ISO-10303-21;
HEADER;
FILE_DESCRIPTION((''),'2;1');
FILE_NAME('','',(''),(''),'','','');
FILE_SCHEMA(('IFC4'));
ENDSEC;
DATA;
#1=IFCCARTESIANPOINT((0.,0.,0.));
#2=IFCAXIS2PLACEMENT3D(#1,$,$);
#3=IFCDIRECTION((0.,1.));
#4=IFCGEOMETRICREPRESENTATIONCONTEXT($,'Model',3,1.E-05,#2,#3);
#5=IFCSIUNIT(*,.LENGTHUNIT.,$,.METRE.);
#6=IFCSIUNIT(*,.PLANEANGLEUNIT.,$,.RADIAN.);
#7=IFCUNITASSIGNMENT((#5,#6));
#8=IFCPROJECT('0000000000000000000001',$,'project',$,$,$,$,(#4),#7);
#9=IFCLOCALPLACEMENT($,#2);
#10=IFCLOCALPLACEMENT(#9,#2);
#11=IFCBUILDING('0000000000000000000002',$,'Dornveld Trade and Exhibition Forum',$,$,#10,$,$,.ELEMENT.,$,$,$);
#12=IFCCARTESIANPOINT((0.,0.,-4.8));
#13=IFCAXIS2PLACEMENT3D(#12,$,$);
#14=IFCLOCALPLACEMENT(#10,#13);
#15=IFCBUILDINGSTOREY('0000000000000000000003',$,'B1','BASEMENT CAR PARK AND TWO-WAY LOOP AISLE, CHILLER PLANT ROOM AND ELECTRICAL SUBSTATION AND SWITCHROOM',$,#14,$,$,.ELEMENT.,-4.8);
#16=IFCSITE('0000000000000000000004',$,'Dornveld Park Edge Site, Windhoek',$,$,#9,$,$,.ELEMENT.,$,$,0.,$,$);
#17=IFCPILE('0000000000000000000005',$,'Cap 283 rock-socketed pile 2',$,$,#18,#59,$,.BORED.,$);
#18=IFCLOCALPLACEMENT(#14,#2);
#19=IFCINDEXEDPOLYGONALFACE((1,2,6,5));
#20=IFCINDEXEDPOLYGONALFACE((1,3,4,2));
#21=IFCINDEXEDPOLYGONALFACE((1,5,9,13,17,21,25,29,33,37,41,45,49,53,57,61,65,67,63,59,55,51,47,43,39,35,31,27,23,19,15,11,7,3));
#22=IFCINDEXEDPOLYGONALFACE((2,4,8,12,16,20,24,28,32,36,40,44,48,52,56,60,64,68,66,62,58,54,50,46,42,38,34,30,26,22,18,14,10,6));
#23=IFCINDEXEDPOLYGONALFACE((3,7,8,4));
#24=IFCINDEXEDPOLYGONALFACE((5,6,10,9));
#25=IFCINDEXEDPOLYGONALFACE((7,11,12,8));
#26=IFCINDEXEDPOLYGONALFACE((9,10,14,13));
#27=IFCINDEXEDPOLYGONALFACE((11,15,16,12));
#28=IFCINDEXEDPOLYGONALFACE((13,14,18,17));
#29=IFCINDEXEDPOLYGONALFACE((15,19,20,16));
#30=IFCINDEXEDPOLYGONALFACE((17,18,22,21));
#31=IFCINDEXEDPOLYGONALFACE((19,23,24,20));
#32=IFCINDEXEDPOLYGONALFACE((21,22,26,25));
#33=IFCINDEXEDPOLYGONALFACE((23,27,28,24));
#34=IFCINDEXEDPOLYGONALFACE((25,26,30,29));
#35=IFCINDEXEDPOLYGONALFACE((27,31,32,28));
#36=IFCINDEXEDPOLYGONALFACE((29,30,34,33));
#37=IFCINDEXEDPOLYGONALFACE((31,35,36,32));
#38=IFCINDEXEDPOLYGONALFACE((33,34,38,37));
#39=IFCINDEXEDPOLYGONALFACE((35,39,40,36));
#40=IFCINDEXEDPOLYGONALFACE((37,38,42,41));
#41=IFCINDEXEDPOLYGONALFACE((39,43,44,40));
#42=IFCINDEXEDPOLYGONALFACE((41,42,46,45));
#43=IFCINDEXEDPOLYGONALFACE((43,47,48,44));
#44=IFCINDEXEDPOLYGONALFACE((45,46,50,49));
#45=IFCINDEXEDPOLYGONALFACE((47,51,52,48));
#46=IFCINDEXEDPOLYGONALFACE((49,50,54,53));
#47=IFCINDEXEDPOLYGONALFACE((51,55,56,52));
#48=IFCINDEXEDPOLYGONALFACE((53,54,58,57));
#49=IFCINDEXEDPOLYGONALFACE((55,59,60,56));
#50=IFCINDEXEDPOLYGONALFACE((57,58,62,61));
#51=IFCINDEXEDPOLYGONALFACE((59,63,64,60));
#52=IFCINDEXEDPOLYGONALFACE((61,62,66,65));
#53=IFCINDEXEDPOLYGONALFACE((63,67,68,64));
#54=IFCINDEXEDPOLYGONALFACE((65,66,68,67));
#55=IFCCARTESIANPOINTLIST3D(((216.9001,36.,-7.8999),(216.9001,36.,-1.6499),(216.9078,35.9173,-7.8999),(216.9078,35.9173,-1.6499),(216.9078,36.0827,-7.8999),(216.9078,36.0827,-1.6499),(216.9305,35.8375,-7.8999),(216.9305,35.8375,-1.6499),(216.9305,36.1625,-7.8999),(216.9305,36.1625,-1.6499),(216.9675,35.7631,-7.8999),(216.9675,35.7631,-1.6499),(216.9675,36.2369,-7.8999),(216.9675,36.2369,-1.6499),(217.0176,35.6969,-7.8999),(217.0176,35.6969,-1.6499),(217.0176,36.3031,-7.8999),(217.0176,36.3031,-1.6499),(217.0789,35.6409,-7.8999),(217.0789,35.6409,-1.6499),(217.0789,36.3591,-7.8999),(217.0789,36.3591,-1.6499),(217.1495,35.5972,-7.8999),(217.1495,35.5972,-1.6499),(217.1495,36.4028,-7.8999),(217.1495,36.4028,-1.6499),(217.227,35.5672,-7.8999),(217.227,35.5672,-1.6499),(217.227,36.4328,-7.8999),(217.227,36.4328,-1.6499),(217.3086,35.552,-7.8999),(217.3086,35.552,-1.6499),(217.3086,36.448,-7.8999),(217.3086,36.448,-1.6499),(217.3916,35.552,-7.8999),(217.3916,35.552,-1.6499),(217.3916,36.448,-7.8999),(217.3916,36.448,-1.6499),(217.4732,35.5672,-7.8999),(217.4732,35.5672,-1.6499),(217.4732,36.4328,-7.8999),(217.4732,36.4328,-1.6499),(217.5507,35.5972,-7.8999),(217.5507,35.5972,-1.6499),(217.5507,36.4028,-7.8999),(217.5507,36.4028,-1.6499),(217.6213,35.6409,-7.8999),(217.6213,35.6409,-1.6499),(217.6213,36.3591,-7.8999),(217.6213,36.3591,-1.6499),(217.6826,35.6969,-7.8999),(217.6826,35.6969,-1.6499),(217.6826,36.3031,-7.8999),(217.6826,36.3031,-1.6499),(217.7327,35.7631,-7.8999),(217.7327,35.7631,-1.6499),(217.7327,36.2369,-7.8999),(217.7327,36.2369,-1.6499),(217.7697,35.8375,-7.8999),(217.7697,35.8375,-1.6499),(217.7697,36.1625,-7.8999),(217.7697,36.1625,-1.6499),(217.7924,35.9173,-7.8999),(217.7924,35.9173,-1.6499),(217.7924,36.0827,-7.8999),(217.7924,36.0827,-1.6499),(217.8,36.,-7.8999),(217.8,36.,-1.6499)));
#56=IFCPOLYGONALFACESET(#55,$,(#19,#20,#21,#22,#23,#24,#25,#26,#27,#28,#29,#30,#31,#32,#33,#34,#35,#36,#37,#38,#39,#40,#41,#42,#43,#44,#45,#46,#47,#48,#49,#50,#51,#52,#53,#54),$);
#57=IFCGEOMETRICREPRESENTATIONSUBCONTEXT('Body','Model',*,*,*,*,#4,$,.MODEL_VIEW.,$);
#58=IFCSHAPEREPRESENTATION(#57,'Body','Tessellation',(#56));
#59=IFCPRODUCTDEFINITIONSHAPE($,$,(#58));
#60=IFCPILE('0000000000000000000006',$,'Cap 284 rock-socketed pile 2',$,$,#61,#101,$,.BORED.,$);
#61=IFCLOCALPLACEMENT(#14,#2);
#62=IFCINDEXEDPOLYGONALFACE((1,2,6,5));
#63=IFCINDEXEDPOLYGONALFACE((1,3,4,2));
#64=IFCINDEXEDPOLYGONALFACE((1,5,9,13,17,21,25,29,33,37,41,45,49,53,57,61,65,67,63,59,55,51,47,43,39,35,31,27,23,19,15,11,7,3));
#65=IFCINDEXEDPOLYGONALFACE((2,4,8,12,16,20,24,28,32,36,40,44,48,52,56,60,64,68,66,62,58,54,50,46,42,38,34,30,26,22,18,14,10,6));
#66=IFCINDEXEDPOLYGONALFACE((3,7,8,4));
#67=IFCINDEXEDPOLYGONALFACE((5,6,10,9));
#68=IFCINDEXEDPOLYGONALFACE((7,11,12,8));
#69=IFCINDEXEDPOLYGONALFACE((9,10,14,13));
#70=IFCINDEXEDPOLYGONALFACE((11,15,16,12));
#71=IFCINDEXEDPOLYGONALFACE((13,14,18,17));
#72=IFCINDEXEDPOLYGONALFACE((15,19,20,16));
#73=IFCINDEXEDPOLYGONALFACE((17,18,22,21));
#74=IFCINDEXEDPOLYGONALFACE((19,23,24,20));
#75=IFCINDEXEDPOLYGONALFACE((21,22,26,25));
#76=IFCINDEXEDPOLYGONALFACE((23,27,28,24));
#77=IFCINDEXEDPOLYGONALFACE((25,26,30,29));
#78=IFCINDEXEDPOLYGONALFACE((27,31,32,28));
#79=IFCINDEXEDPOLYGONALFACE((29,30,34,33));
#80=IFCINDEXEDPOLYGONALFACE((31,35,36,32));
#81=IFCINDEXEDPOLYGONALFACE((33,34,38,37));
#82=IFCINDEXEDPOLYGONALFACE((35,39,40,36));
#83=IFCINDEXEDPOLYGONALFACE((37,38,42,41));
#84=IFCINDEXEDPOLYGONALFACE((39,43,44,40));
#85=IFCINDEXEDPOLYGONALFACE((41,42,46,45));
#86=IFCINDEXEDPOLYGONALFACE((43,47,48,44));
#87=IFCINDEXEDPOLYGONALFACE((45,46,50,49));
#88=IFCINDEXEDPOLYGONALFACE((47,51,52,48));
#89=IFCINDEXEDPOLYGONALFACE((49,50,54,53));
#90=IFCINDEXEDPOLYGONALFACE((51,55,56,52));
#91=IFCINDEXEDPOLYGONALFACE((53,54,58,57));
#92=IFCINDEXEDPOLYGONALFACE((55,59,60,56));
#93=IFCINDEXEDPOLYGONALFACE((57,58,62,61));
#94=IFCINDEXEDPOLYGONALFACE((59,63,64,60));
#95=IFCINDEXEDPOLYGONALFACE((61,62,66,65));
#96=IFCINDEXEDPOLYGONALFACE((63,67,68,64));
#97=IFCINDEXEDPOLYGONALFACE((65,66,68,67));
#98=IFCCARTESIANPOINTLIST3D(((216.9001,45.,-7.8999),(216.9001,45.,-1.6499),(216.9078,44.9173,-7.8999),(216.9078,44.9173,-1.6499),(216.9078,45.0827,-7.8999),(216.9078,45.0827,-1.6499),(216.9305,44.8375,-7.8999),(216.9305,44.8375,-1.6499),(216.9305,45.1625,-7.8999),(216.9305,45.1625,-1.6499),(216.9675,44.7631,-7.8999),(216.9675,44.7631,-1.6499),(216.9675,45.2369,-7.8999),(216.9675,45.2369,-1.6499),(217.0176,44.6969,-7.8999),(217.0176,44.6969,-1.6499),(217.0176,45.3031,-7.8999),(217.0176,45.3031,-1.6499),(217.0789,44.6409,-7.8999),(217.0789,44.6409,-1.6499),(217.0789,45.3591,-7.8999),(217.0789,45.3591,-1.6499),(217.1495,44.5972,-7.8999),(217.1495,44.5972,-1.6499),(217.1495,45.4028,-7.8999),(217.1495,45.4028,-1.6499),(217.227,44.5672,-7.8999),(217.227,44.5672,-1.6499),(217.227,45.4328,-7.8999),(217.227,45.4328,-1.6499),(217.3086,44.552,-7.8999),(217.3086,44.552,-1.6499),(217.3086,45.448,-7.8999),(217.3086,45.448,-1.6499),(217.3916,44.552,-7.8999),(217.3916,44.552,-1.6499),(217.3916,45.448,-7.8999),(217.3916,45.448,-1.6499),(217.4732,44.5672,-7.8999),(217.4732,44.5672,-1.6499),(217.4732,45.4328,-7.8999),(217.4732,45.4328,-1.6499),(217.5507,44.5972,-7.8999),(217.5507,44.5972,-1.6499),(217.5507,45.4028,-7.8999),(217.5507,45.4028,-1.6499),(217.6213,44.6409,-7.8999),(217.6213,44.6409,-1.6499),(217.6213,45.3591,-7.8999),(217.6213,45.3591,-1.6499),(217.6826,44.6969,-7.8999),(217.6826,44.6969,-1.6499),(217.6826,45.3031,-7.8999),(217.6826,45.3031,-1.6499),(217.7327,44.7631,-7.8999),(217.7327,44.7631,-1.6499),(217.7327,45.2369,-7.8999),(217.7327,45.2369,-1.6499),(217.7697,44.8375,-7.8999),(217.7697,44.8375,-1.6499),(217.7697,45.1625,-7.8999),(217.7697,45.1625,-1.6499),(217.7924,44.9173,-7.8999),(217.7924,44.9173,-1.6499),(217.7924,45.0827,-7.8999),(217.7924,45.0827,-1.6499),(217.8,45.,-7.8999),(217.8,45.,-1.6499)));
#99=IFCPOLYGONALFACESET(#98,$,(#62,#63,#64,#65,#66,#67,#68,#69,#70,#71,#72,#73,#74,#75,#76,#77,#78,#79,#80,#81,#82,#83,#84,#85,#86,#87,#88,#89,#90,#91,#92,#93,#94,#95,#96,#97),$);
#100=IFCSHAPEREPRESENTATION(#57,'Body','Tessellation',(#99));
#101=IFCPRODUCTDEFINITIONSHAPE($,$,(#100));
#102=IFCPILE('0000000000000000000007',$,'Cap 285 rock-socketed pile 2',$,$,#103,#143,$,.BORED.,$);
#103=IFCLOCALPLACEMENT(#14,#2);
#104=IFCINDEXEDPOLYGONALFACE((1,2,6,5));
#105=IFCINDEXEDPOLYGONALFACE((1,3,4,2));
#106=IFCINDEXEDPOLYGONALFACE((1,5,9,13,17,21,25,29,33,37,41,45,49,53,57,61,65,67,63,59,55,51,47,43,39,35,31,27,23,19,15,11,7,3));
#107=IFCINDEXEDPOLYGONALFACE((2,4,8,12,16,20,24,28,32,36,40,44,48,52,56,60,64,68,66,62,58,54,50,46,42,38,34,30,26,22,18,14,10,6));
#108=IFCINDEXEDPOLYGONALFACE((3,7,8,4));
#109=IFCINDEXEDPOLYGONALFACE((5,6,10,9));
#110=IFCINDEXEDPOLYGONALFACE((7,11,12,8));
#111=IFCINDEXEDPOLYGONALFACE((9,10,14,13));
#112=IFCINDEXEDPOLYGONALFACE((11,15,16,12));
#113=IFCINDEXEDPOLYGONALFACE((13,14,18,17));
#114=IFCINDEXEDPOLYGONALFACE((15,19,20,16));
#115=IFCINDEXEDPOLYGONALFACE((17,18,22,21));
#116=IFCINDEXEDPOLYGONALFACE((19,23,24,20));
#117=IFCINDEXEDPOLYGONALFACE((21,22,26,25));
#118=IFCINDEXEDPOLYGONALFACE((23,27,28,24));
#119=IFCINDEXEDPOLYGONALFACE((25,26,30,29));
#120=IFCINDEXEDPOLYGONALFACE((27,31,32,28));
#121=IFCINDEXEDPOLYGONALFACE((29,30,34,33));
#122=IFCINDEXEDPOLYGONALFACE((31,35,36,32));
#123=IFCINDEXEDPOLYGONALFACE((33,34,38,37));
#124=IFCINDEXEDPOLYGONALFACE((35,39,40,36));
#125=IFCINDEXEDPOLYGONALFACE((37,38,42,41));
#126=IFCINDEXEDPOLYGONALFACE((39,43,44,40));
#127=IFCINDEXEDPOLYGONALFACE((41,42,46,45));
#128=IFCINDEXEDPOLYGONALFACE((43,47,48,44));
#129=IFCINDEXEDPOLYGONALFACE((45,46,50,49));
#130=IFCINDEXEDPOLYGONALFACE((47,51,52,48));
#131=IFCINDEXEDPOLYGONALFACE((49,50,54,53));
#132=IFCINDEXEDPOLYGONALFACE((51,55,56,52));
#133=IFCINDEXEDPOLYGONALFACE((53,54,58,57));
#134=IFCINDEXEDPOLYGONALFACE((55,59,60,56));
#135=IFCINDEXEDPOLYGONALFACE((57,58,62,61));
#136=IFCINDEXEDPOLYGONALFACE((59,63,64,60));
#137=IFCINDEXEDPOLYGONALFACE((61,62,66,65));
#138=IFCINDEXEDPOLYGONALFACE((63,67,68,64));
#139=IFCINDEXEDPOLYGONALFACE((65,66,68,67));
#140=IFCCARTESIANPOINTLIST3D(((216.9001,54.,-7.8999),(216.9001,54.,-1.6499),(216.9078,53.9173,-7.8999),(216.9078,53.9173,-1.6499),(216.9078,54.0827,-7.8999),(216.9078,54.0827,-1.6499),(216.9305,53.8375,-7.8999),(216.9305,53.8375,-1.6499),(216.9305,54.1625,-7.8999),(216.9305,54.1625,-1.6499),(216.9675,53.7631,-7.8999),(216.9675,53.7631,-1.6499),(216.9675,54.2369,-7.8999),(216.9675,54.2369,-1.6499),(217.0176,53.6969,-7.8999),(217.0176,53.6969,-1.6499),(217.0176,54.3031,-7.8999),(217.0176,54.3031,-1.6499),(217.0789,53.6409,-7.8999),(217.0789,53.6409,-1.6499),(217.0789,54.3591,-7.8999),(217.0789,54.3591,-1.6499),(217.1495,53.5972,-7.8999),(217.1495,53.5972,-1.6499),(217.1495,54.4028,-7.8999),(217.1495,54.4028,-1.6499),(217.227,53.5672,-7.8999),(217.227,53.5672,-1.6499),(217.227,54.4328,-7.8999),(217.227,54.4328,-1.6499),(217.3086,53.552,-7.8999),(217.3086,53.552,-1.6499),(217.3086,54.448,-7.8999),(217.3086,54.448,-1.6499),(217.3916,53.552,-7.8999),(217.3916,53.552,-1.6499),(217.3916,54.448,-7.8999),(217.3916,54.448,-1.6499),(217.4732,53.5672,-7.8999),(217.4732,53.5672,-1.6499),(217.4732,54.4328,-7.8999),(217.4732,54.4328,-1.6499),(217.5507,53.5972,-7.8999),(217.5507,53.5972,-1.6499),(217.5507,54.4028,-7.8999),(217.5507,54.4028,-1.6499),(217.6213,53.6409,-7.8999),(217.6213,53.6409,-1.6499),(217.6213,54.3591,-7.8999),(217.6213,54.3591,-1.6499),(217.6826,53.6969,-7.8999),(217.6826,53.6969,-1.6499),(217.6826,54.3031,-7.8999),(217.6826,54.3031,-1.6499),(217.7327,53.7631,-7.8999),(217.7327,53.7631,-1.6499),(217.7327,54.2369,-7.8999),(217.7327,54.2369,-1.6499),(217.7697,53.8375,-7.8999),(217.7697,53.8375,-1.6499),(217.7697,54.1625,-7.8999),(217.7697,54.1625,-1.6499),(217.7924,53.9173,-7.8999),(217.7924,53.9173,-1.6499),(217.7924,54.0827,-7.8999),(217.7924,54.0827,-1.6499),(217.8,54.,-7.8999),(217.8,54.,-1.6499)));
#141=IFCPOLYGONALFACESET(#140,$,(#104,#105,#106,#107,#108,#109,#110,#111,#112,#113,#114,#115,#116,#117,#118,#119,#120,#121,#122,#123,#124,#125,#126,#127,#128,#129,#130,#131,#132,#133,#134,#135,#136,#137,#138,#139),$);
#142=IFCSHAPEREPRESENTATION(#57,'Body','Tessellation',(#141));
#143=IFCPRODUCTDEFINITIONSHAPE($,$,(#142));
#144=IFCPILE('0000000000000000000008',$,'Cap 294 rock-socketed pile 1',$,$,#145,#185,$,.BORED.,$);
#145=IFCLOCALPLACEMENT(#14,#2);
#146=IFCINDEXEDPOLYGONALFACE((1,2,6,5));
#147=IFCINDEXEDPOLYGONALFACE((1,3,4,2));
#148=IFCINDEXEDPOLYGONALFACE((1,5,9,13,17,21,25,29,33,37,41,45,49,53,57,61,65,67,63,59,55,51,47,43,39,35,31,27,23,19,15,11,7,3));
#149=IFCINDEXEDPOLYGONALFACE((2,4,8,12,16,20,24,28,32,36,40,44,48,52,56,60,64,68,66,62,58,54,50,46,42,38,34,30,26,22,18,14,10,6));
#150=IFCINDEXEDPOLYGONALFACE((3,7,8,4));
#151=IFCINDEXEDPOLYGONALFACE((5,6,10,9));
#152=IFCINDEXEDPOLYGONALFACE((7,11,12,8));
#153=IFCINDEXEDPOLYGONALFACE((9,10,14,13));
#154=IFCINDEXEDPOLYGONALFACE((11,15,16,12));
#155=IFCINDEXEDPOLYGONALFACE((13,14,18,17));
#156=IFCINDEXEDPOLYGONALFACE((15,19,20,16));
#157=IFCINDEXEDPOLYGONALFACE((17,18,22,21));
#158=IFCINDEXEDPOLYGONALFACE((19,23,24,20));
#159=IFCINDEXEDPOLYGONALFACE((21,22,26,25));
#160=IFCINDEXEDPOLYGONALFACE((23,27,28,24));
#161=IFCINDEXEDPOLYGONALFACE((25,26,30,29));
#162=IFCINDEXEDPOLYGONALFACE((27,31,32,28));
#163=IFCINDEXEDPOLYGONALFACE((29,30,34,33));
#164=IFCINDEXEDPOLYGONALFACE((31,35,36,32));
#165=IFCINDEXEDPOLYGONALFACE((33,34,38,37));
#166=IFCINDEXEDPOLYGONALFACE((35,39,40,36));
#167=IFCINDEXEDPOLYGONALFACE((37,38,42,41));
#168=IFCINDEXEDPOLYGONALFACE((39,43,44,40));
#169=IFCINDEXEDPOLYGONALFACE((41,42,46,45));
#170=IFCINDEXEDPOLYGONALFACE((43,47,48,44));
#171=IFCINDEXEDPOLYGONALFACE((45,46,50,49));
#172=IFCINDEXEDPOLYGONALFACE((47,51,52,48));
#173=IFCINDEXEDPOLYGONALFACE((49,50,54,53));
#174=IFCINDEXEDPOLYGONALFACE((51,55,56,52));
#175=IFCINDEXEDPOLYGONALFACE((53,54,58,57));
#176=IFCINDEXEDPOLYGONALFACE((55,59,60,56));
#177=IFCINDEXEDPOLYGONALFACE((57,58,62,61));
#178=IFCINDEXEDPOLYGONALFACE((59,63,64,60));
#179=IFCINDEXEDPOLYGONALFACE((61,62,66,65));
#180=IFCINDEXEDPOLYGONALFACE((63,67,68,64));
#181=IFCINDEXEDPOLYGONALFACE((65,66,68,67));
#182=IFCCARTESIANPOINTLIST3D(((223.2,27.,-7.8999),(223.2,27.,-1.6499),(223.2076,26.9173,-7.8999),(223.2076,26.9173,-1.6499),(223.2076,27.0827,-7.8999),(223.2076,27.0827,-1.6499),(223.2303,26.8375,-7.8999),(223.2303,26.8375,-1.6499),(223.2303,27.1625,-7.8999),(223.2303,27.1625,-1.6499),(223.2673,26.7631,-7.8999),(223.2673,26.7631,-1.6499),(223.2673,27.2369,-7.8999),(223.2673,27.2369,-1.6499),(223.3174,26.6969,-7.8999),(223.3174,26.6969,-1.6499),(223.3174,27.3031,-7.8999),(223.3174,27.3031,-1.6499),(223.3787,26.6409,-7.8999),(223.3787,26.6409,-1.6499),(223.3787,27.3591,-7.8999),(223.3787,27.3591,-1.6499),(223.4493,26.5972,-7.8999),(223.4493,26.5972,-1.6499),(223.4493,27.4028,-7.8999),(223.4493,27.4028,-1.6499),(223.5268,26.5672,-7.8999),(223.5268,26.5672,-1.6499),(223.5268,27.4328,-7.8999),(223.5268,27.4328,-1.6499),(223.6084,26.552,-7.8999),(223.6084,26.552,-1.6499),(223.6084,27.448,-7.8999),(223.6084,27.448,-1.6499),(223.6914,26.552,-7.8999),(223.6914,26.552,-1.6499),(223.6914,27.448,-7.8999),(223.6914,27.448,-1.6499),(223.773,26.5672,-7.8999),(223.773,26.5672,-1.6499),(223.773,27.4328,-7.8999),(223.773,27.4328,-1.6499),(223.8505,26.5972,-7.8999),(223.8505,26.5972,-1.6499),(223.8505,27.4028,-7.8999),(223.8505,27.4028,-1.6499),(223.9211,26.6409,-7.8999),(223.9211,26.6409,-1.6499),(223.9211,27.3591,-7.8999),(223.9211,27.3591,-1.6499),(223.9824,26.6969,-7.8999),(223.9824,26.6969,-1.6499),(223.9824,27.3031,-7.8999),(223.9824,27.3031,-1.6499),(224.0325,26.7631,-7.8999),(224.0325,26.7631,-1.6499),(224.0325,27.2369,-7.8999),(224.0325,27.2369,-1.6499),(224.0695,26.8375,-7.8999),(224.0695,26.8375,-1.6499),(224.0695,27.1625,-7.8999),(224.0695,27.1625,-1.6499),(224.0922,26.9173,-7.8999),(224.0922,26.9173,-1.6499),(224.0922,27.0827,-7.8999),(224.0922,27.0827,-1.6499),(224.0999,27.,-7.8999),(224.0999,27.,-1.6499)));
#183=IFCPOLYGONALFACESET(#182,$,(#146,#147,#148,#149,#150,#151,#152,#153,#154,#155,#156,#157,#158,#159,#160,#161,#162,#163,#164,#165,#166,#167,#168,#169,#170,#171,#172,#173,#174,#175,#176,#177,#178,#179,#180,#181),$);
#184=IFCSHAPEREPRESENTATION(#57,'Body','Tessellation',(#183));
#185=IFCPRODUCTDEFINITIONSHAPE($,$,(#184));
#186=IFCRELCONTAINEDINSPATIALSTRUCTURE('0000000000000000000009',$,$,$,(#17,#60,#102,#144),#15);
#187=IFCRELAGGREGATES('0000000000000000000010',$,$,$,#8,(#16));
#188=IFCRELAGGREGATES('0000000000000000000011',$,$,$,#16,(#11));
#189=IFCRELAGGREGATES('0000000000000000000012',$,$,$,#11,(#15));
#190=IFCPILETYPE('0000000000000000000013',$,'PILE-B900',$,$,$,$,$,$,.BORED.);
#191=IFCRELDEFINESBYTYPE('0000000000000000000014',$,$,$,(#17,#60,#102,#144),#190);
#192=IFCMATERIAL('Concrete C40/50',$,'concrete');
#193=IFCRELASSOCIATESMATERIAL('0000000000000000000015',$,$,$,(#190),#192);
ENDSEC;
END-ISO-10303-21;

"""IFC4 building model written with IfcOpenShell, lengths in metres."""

from ifc_helpers import new_model, si_unit, direction, frame, origin, origin_2d, place, context, subcontext, project, spatial, circle, extrude, material, material_profile, profile_set, type_object, element, save


model = new_model("IFC4")

# Units and contexts
model_context = context("Model", 3, precision=1e-05, world=origin(), true_north=direction((0.0, 1.0)))
body_context = subcontext(model_context, "Body", "Model", "MODEL_VIEW")
ifc_project = project(units=[si_unit("LENGTHUNIT", "METRE"), si_unit("PLANEANGLEUNIT", "RADIAN")], contexts=[model_context])

# Site, building, storey
site_placement = place(None, origin())
site = spatial("IfcSite", under=ifc_project, at=site_placement, Name="Dornveld Park Edge Site, Windhoek", CompositionType="ELEMENT", RefElevation=0.0)
building_placement = place(site_placement, origin())
building = spatial("IfcBuilding", under=site, at=building_placement, Name="Dornveld Trade and Exhibition Forum", CompositionType="ELEMENT")
storey_placement = place(building_placement, frame((0.0, 0.0, -4.8)))
storey = spatial("IfcBuildingStorey", under=building, at=storey_placement, Name="B1", Description="BASEMENT CAR PARK AND TWO-WAY LOOP AISLE, CHILLER PLANT ROOM AND ELECTRICAL SUBSTATION AND SWITCHROOM", CompositionType="ELEMENT", Elevation=-4.8)

# Piles
ifc_material_1 = material(Name="Concrete C40/50", Category="concrete")
ifc_material_profile_1 = material_profile(ifc_material_1, circle(Radius=0.45, at=origin_2d()), Name="PILE D900")
ifc_profile_set_1 = profile_set([ifc_material_profile_1], Name="Concrete C40/50")
pile_type = type_object("IfcPileType", Name="PILE-B900", PredefinedType="BORED", material=ifc_profile_set_1)
for number, where, z_axis, x_axis, name in (
    (1, (217.3501, 36.0, -1.6499), (0.0, 0.0, -1.0), (1.0, 0.0, 0.0), "Cap 283 rock-socketed pile 2"),
    (2, (217.3501, 45.0, -1.6499), (0.0, 0.0, -1.0), (1.0, 0.0, 0.0), "Cap 284 rock-socketed pile 2"),
    (3, (217.3501, 54.0, -1.6499), (0.0, 0.0, -1.0), (1.0, 0.0, 0.0), "Cap 285 rock-socketed pile 2"),
    (4, (223.6499, 27.0, -1.6499), (0.0, 0.0, -1.0), (1.0, 0.0, 0.0), "Cap 294 rock-socketed pile 1"),
):
    element("IfcPile", number, at=place(storey_placement, frame(where, z_axis=z_axis, x_axis=x_axis)), inside=storey, type_object=pile_type, Name=name, PredefinedType="BORED", context=body_context, shape_type="SweptSolid", body=[
        extrude(circle(Radius=0.45, at=origin_2d()), origin(), (0.0, 0.0, 1.0), 6.25),
    ])

save(model, "model.ifc")
